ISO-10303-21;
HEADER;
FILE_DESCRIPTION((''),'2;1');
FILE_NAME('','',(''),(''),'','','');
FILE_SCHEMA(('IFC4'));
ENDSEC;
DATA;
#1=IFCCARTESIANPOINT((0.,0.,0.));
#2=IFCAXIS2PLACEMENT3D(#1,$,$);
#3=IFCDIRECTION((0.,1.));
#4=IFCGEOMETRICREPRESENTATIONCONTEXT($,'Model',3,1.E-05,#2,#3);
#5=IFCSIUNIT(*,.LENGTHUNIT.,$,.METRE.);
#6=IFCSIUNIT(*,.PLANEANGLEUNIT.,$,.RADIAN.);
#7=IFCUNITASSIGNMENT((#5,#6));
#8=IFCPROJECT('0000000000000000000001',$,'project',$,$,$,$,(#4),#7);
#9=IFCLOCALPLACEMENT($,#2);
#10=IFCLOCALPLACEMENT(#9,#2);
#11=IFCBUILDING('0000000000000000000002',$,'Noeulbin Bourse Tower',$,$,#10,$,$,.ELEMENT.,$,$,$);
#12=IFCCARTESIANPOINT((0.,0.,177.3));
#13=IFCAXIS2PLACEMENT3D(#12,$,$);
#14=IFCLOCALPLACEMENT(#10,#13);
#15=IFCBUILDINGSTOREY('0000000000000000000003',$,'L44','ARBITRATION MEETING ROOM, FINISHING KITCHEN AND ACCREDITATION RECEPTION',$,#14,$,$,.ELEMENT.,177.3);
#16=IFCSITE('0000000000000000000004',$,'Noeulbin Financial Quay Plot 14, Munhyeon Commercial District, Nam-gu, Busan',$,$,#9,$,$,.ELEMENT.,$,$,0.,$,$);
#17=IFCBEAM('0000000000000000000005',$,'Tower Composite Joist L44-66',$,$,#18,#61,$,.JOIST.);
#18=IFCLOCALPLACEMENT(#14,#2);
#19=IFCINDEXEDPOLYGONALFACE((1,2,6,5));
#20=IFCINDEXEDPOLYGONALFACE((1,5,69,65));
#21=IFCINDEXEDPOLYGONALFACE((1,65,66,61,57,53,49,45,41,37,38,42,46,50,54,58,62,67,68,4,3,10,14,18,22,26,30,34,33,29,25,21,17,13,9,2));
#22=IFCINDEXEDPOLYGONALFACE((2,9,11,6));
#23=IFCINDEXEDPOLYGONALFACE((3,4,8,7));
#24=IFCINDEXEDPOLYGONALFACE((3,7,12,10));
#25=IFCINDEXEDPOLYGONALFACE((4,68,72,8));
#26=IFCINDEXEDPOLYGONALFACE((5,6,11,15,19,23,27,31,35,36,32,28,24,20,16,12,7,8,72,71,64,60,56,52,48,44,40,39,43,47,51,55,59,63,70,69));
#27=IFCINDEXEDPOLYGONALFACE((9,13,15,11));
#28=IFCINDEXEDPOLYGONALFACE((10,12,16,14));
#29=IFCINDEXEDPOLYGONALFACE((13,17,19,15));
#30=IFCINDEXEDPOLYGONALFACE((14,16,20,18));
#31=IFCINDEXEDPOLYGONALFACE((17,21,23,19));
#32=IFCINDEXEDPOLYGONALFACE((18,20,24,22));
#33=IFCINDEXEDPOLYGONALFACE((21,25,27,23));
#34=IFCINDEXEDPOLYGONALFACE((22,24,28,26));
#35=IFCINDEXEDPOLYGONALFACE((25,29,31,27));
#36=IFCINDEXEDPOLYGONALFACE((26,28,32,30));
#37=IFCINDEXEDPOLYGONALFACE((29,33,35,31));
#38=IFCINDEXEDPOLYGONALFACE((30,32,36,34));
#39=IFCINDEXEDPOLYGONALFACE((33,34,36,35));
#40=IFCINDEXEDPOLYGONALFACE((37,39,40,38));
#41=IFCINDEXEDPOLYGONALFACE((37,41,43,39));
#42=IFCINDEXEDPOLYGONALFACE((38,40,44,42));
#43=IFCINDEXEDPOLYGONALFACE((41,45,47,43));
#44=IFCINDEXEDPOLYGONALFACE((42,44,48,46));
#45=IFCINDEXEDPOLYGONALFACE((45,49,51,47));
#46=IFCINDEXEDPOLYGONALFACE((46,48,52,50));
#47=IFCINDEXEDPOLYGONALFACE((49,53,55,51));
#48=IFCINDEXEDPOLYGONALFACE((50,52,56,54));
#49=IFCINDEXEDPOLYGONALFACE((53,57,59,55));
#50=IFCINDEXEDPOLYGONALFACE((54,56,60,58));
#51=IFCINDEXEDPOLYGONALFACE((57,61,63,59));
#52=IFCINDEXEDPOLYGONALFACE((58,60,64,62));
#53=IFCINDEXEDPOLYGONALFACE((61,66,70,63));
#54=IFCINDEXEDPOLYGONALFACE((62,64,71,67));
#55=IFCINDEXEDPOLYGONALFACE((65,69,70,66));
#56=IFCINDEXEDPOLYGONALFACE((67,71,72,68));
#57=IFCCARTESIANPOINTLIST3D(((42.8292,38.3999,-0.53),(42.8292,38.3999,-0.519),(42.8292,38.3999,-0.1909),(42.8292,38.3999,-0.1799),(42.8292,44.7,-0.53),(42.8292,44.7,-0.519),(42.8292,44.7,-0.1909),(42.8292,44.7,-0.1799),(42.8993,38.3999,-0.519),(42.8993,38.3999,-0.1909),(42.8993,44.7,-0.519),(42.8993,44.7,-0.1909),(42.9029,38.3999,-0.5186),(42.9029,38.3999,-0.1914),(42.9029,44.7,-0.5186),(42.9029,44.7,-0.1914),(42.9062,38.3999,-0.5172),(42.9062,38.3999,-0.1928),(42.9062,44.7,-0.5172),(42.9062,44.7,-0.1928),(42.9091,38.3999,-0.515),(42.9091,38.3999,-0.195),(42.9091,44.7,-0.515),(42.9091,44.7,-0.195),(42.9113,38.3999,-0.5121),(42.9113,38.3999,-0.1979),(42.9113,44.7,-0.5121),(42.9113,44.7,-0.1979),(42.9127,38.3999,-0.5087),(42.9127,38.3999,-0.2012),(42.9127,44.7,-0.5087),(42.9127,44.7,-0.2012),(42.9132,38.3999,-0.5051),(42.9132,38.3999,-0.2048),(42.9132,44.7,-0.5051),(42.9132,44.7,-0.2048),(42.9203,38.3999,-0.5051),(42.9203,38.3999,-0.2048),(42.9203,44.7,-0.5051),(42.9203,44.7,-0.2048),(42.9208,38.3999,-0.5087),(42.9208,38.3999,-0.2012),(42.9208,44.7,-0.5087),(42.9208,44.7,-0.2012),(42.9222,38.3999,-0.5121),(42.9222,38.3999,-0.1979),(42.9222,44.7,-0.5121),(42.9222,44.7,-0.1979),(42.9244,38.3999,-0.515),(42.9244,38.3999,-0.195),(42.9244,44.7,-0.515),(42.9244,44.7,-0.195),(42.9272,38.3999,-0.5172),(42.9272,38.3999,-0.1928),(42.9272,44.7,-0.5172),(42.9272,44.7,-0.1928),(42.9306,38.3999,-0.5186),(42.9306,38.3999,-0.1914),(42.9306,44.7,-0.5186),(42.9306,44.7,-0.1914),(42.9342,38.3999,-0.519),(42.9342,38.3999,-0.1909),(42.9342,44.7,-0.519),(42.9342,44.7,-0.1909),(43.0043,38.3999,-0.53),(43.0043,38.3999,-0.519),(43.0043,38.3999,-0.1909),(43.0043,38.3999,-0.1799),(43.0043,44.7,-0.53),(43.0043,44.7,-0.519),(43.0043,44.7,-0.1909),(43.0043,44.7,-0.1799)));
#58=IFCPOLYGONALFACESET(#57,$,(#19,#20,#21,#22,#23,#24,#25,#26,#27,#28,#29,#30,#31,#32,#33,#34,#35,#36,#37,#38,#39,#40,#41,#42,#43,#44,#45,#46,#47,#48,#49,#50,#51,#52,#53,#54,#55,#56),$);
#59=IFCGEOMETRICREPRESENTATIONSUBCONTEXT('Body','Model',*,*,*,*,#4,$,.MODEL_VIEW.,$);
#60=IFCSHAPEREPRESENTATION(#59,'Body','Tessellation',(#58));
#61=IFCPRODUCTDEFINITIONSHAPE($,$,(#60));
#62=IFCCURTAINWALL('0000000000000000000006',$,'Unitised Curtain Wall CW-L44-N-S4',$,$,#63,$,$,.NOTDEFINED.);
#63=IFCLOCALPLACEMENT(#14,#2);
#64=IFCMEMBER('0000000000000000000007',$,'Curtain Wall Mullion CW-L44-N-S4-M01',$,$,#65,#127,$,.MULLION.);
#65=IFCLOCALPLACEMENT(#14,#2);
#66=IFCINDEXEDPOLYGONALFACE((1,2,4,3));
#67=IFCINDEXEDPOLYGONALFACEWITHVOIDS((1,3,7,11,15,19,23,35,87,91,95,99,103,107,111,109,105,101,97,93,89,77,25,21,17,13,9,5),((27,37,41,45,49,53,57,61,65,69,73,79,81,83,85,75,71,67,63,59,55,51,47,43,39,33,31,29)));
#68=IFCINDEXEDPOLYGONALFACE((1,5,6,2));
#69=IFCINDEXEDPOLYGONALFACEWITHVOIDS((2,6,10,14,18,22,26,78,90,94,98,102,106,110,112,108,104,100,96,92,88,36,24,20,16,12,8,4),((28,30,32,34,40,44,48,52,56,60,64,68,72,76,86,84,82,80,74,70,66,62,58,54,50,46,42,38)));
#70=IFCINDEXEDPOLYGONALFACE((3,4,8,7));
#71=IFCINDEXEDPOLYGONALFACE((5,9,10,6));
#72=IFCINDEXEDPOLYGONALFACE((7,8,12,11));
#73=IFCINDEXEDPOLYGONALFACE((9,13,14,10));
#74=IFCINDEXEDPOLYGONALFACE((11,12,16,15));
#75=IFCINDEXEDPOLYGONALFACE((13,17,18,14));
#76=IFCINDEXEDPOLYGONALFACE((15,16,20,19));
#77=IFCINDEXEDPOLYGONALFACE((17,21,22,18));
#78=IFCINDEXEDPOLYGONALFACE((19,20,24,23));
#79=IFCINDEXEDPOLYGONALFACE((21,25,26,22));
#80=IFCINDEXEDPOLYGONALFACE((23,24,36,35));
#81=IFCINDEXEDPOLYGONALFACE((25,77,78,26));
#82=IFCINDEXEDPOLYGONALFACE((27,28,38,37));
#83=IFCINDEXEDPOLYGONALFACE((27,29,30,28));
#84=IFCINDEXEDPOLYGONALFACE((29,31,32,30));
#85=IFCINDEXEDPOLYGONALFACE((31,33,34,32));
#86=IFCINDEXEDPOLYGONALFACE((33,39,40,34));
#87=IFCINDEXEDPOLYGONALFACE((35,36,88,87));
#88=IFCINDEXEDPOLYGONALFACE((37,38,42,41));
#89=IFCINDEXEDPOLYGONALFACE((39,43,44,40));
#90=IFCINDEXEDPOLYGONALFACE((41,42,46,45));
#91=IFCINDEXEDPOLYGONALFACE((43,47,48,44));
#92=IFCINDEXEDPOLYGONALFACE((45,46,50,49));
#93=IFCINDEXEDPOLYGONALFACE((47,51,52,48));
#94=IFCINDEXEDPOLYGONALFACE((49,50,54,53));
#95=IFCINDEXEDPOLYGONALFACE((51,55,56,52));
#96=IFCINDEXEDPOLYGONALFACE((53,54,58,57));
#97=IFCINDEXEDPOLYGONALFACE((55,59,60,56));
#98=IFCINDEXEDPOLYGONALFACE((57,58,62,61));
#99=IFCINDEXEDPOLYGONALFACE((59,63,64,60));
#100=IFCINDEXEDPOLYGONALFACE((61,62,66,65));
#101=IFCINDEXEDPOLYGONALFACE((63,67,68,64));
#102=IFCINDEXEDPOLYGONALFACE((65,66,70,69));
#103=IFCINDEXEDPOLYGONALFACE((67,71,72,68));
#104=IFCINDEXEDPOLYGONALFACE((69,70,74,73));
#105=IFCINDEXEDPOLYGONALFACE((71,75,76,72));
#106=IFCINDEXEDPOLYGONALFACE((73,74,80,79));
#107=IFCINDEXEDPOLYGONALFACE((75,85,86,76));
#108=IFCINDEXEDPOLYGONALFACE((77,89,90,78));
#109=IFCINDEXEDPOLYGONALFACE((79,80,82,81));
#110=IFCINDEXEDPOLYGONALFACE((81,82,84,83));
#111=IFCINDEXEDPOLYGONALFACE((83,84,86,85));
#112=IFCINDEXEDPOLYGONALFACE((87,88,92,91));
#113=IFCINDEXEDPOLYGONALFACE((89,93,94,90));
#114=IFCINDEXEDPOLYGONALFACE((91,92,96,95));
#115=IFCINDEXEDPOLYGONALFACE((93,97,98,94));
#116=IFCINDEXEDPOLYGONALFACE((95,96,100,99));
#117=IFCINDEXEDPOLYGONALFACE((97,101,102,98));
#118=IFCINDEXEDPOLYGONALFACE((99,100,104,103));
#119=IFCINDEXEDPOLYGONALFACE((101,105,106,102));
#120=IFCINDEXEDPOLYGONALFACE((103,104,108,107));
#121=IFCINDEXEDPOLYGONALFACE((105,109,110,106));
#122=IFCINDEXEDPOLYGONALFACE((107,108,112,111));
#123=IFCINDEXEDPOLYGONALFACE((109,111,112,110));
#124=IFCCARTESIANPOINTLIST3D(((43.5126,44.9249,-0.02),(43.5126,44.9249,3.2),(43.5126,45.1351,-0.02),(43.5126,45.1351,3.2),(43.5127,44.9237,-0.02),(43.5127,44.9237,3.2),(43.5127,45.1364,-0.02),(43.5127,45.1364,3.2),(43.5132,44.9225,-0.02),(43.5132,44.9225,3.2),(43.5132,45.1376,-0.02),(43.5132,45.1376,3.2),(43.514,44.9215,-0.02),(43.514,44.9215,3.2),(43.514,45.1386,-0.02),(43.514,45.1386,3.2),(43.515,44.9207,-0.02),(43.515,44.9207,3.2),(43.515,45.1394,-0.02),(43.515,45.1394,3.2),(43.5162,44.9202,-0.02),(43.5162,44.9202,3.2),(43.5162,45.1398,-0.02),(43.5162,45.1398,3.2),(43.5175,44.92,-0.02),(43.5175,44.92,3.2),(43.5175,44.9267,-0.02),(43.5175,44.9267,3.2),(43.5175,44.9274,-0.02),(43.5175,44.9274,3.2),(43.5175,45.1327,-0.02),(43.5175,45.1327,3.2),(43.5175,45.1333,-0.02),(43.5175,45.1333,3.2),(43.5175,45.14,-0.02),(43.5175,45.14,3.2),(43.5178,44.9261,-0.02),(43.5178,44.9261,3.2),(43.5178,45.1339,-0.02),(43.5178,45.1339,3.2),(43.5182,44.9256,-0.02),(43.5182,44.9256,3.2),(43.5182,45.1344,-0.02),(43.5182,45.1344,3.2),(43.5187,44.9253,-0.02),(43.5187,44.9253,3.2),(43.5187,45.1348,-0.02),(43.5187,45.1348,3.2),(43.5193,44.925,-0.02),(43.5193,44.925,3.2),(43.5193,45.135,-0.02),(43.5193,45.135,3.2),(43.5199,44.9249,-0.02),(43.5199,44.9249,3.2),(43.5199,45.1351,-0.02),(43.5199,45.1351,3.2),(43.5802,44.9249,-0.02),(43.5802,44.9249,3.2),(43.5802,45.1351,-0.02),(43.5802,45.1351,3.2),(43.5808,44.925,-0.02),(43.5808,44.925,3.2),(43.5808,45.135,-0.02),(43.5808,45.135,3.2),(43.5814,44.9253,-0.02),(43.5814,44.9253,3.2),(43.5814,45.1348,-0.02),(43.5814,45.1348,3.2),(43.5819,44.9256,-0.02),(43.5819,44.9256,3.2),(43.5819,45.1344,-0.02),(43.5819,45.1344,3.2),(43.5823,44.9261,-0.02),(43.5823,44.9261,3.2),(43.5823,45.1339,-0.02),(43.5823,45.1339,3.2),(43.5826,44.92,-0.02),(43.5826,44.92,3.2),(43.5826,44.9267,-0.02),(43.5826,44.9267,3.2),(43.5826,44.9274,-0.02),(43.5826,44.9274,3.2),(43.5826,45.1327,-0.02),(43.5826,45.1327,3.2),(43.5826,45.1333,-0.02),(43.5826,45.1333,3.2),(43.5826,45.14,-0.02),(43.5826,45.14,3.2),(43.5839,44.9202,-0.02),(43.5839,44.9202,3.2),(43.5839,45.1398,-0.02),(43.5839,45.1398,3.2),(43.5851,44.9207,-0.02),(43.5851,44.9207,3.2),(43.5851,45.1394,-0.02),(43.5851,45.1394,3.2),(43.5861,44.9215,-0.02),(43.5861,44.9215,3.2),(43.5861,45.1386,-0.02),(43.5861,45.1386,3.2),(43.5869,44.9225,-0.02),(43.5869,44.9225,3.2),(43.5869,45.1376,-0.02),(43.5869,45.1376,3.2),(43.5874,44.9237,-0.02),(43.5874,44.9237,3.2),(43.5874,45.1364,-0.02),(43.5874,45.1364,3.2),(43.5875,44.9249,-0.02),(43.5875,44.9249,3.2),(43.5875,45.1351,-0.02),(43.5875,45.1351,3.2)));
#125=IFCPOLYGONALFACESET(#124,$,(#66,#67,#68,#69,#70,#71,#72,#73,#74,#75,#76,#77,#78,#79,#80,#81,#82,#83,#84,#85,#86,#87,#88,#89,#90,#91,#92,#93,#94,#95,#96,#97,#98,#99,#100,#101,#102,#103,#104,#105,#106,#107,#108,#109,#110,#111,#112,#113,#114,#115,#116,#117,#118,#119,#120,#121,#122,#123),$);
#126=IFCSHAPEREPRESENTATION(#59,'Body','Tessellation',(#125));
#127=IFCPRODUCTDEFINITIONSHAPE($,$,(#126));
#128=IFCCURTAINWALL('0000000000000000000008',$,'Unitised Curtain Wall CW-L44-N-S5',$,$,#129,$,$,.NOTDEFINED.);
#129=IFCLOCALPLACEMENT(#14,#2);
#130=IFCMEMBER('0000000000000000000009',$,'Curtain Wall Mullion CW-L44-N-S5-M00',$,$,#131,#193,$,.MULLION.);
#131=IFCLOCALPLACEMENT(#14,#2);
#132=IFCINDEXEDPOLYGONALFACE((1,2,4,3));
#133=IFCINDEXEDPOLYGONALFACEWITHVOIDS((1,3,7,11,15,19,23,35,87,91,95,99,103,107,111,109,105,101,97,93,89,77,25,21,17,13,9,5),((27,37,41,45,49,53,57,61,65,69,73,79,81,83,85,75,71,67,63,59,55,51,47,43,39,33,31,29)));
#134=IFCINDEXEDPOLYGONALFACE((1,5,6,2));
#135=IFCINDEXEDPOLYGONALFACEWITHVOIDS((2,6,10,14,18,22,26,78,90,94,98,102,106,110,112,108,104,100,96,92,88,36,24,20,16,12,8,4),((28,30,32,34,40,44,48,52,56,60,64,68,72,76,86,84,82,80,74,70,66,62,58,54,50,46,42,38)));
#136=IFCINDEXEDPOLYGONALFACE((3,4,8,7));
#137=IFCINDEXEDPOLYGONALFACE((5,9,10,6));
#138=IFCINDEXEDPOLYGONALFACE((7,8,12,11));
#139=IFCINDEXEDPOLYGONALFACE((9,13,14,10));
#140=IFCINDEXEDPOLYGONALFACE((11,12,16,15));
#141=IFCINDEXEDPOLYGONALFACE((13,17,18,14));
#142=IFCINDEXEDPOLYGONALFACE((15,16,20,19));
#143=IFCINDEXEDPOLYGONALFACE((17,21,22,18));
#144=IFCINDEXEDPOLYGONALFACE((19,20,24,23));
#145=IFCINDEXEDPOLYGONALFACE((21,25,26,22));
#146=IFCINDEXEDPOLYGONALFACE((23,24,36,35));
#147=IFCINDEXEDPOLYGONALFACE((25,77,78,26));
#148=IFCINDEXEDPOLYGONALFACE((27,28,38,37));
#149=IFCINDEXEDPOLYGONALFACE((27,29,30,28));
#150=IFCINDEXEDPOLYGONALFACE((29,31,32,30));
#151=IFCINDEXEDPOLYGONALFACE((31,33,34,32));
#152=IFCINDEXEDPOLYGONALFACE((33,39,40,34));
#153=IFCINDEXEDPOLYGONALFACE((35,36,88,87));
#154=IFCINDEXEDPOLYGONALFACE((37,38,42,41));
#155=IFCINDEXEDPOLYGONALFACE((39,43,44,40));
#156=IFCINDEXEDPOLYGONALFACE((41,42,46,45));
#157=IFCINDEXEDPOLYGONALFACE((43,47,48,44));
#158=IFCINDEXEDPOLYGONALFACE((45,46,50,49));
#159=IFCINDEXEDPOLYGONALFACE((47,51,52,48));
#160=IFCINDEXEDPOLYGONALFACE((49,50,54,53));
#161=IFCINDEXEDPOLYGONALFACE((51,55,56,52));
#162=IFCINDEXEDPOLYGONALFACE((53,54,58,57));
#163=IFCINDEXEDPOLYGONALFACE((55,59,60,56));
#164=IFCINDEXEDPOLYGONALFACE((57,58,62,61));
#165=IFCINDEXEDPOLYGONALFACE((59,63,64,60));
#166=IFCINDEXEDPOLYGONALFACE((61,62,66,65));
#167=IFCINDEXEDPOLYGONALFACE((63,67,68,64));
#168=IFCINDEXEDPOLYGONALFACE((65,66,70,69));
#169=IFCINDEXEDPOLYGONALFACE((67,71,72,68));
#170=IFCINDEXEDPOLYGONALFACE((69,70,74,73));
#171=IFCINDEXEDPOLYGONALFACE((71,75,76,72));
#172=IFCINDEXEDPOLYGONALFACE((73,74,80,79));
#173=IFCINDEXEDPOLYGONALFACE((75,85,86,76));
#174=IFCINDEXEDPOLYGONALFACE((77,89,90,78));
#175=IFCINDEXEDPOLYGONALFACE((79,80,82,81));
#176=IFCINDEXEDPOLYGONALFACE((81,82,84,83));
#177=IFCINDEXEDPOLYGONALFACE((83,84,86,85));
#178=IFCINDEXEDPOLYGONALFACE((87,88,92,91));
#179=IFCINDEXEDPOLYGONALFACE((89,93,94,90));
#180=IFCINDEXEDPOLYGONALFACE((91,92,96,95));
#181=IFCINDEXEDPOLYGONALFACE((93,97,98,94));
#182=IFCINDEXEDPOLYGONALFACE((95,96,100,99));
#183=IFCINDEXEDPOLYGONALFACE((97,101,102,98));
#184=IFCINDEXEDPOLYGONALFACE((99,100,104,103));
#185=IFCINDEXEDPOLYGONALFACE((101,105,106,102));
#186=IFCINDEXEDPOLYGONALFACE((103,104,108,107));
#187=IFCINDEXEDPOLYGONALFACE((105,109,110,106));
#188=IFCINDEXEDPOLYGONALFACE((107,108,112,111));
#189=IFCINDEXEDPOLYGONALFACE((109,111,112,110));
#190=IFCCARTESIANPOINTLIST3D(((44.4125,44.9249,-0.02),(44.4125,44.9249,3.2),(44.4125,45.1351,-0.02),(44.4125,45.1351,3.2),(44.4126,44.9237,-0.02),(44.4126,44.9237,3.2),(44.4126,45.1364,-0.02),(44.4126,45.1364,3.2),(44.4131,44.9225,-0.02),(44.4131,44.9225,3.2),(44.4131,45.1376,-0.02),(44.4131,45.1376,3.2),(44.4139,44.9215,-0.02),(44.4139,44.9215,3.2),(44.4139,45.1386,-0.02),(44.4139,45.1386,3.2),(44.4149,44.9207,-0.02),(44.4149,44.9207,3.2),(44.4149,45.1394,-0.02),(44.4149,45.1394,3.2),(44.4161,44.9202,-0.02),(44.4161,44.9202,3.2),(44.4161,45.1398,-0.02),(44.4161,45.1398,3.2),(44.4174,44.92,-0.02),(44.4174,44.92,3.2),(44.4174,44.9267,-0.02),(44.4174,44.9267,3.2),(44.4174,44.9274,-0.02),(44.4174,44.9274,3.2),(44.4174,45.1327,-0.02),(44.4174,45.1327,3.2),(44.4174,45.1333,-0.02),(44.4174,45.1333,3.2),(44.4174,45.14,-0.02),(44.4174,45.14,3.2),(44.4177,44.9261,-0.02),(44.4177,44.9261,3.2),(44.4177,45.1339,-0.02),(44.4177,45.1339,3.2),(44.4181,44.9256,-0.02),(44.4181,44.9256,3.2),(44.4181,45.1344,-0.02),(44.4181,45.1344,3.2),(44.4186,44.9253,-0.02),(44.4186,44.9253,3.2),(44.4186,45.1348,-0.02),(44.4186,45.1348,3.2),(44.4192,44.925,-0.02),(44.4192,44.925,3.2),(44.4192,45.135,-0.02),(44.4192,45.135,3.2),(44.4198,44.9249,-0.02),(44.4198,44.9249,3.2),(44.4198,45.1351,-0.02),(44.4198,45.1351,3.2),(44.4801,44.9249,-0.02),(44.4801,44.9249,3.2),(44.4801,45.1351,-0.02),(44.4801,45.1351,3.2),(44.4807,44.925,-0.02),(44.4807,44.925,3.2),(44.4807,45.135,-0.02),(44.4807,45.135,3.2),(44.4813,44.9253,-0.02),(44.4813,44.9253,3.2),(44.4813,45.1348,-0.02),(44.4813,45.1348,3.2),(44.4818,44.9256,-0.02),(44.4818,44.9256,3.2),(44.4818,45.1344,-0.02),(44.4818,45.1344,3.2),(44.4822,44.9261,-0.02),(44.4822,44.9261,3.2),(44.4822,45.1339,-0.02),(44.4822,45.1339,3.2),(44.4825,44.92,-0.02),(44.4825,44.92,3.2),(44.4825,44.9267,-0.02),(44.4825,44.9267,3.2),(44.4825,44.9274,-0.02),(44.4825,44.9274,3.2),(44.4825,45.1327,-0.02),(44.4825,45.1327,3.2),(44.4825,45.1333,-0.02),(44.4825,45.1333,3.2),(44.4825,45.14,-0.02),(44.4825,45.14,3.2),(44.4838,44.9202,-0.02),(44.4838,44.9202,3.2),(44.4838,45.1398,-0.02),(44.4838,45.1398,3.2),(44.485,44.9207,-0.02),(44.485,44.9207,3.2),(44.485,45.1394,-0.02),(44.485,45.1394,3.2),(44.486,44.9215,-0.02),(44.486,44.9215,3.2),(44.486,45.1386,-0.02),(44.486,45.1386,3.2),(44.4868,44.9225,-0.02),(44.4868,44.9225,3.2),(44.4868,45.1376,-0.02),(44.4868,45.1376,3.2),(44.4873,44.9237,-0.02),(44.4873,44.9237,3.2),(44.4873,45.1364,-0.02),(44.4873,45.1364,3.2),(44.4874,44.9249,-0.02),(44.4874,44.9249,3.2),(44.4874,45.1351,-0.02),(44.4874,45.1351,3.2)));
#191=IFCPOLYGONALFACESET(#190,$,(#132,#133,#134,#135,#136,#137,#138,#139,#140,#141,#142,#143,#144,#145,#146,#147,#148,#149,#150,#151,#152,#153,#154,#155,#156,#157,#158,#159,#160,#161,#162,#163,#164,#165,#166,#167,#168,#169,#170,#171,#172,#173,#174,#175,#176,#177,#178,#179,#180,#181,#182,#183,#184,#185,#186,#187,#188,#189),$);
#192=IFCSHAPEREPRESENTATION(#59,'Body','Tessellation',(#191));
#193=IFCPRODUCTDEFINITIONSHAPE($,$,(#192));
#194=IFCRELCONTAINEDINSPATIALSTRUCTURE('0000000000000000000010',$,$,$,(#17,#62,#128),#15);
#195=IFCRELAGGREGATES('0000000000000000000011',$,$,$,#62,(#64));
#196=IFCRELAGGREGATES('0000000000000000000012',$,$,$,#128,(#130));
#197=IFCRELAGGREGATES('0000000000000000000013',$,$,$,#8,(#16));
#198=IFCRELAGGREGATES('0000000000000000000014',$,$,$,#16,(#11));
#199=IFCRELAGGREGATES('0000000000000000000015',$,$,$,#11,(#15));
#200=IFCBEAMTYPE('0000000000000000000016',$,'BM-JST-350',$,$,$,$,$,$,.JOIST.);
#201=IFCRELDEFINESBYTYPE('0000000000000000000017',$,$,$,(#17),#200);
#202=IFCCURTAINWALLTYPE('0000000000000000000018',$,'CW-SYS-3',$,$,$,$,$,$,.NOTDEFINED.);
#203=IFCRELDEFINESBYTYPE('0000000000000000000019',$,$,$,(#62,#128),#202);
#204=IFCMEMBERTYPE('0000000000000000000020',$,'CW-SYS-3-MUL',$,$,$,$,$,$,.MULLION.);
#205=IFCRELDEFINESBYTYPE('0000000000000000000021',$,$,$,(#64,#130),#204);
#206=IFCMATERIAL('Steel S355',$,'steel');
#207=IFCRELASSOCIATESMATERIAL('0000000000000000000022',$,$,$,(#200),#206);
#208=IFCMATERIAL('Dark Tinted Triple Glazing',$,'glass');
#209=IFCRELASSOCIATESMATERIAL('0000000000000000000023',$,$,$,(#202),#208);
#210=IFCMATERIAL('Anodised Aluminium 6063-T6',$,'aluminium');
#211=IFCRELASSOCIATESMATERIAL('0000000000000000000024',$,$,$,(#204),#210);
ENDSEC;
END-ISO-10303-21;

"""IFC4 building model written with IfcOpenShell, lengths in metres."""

from ifc_helpers import new_model, si_unit, direction, frame, origin, origin_2d, place, context, subcontext, project, spatial, hollow_rectangle, i_section, extrude, material, material_profile, profile_set, type_object, element, aggregate, save


model = new_model("IFC4")

# Units and contexts
model_context = context("Model", 3, precision=1e-05, world=origin(), true_north=direction((0.0, 1.0)))
body_context = subcontext(model_context, "Body", "Model", "MODEL_VIEW")
ifc_project = project(units=[si_unit("LENGTHUNIT", "METRE"), si_unit("PLANEANGLEUNIT", "RADIAN")], contexts=[model_context])

# Site, building, storey
site_placement = place(None, origin())
site = spatial("IfcSite", under=ifc_project, at=site_placement, Name="Noeulbin Financial Quay Plot 14, Munhyeon Commercial District, Nam-gu, Busan", CompositionType="ELEMENT", RefElevation=0.0)
building_placement = place(site_placement, origin())
building = spatial("IfcBuilding", under=site, at=building_placement, Name="Noeulbin Bourse Tower", CompositionType="ELEMENT")
storey_placement = place(building_placement, frame((0.0, 0.0, 177.3)))
storey = spatial("IfcBuildingStorey", under=building, at=storey_placement, Name="L44", Description="ARBITRATION MEETING ROOM, FINISHING KITCHEN AND ACCREDITATION RECEPTION", CompositionType="ELEMENT", Elevation=177.3)

# Shared definitions
ifc_material_1 = material(Name="Steel S355", Category="steel")

# Beam
ifc_material_profile_1 = material_profile(ifc_material_1, i_section(OverallWidth=0.175, OverallDepth=0.3501, WebThickness=0.0071, FlangeThickness=0.011, FilletRadius=0.0139, at=origin_2d()), Name="H-350x175x7x11", Category="LoadBearing")
ifc_profile_set_1 = profile_set([ifc_material_profile_1], Name="Steel S355")
beam_type = type_object("IfcBeamType", Name="BM-JST-350", PredefinedType="JOIST", material=ifc_profile_set_1)
for number, where, z_axis, x_axis, name in (
    (1, (42.9167, 38.3999, -0.355), (0.0, 1.0, 0.0), (-1.0, 0.0, 0.0), "Tower Composite Joist L44-66"),
):
    element("IfcBeam", number, at=place(storey_placement, frame(where, z_axis=z_axis, x_axis=x_axis)), inside=storey, type_object=beam_type, Name=name, PredefinedType="JOIST", context=body_context, shape_type="SweptSolid", body=[
        extrude(i_section(OverallWidth=0.175, OverallDepth=0.3501, WebThickness=0.0071, FlangeThickness=0.011, FilletRadius=0.0139, at=origin_2d()), origin(), (0.0, 0.0, 1.0), 6.3),
    ])

# Curtain wall, member
ifc_material_2 = material(Name="Dark Tinted Triple Glazing", Category="glass")
curtain_wall_type = type_object("IfcCurtainWallType", Name="CW-SYS-3", PredefinedType="NOTDEFINED", material=ifc_material_2)
curtain_wall_1_placement = place(storey_placement, origin())
curtain_wall_1 = element("IfcCurtainWall", 2, at=curtain_wall_1_placement, inside=storey, type_object=curtain_wall_type, Name="Unitised Curtain Wall CW-L44-N-S4", PredefinedType="NOTDEFINED")
ifc_material_3 = material(Name="Anodised Aluminium 6063-T6", Category="aluminium")
ifc_material_profile_2 = material_profile(ifc_material_3, hollow_rectangle(XDim=0.075, YDim=0.22, WallThickness=0.0049, InnerFilletRadius=0.0024, OuterFilletRadius=0.0049, at=origin_2d()), Name="ALU-MULL-75x220x5", Category="LoadBearing")
ifc_profile_set_2 = profile_set([ifc_material_profile_2], Name="Anodised Aluminium 6063-T6")
member_type_1 = type_object("IfcMemberType", Name="CW-SYS-3-MUL", PredefinedType="MULLION", material=ifc_profile_set_2)
member_1_placement = place(storey_placement, frame((43.55, 45.03, -0.02), z_axis=(0.0, 0.0, 1.0), x_axis=(1.0, 0.0, 0.0)))
member_1 = element("IfcMember", 3, at=member_1_placement, type_object=member_type_1, Name="Curtain Wall Mullion CW-L44-N-S4-M01", PredefinedType="MULLION", context=body_context, shape_type="SweptSolid", body=[
    extrude(hollow_rectangle(XDim=0.075, YDim=0.22, WallThickness=0.0049, InnerFilletRadius=0.0024, OuterFilletRadius=0.0049, at=origin_2d()), origin(), (0.0, 0.0, 1.0), 3.22),
])

# Curtain wall, member
curtain_wall_2_placement = place(storey_placement, origin())
curtain_wall_2 = element("IfcCurtainWall", 4, at=curtain_wall_2_placement, inside=storey, type_object=curtain_wall_type, Name="Unitised Curtain Wall CW-L44-N-S5", PredefinedType="NOTDEFINED")
member_2_placement = place(storey_placement, frame((44.45, 45.03, -0.02), z_axis=(0.0, 0.0, 1.0), x_axis=(1.0, 0.0, 0.0)))
member_2 = element("IfcMember", 5, at=member_2_placement, type_object=member_type_1, Name="Curtain Wall Mullion CW-L44-N-S5-M00", PredefinedType="MULLION", context=body_context, shape_type="SweptSolid", body=[
    extrude(hollow_rectangle(XDim=0.075, YDim=0.22, WallThickness=0.0049, InnerFilletRadius=0.0024, OuterFilletRadius=0.0049, at=origin_2d()), origin(), (0.0, 0.0, 1.0), 3.22),
])

aggregate(curtain_wall_1, [member_1])
aggregate(curtain_wall_2, [member_2])

save(model, "model.ifc")
